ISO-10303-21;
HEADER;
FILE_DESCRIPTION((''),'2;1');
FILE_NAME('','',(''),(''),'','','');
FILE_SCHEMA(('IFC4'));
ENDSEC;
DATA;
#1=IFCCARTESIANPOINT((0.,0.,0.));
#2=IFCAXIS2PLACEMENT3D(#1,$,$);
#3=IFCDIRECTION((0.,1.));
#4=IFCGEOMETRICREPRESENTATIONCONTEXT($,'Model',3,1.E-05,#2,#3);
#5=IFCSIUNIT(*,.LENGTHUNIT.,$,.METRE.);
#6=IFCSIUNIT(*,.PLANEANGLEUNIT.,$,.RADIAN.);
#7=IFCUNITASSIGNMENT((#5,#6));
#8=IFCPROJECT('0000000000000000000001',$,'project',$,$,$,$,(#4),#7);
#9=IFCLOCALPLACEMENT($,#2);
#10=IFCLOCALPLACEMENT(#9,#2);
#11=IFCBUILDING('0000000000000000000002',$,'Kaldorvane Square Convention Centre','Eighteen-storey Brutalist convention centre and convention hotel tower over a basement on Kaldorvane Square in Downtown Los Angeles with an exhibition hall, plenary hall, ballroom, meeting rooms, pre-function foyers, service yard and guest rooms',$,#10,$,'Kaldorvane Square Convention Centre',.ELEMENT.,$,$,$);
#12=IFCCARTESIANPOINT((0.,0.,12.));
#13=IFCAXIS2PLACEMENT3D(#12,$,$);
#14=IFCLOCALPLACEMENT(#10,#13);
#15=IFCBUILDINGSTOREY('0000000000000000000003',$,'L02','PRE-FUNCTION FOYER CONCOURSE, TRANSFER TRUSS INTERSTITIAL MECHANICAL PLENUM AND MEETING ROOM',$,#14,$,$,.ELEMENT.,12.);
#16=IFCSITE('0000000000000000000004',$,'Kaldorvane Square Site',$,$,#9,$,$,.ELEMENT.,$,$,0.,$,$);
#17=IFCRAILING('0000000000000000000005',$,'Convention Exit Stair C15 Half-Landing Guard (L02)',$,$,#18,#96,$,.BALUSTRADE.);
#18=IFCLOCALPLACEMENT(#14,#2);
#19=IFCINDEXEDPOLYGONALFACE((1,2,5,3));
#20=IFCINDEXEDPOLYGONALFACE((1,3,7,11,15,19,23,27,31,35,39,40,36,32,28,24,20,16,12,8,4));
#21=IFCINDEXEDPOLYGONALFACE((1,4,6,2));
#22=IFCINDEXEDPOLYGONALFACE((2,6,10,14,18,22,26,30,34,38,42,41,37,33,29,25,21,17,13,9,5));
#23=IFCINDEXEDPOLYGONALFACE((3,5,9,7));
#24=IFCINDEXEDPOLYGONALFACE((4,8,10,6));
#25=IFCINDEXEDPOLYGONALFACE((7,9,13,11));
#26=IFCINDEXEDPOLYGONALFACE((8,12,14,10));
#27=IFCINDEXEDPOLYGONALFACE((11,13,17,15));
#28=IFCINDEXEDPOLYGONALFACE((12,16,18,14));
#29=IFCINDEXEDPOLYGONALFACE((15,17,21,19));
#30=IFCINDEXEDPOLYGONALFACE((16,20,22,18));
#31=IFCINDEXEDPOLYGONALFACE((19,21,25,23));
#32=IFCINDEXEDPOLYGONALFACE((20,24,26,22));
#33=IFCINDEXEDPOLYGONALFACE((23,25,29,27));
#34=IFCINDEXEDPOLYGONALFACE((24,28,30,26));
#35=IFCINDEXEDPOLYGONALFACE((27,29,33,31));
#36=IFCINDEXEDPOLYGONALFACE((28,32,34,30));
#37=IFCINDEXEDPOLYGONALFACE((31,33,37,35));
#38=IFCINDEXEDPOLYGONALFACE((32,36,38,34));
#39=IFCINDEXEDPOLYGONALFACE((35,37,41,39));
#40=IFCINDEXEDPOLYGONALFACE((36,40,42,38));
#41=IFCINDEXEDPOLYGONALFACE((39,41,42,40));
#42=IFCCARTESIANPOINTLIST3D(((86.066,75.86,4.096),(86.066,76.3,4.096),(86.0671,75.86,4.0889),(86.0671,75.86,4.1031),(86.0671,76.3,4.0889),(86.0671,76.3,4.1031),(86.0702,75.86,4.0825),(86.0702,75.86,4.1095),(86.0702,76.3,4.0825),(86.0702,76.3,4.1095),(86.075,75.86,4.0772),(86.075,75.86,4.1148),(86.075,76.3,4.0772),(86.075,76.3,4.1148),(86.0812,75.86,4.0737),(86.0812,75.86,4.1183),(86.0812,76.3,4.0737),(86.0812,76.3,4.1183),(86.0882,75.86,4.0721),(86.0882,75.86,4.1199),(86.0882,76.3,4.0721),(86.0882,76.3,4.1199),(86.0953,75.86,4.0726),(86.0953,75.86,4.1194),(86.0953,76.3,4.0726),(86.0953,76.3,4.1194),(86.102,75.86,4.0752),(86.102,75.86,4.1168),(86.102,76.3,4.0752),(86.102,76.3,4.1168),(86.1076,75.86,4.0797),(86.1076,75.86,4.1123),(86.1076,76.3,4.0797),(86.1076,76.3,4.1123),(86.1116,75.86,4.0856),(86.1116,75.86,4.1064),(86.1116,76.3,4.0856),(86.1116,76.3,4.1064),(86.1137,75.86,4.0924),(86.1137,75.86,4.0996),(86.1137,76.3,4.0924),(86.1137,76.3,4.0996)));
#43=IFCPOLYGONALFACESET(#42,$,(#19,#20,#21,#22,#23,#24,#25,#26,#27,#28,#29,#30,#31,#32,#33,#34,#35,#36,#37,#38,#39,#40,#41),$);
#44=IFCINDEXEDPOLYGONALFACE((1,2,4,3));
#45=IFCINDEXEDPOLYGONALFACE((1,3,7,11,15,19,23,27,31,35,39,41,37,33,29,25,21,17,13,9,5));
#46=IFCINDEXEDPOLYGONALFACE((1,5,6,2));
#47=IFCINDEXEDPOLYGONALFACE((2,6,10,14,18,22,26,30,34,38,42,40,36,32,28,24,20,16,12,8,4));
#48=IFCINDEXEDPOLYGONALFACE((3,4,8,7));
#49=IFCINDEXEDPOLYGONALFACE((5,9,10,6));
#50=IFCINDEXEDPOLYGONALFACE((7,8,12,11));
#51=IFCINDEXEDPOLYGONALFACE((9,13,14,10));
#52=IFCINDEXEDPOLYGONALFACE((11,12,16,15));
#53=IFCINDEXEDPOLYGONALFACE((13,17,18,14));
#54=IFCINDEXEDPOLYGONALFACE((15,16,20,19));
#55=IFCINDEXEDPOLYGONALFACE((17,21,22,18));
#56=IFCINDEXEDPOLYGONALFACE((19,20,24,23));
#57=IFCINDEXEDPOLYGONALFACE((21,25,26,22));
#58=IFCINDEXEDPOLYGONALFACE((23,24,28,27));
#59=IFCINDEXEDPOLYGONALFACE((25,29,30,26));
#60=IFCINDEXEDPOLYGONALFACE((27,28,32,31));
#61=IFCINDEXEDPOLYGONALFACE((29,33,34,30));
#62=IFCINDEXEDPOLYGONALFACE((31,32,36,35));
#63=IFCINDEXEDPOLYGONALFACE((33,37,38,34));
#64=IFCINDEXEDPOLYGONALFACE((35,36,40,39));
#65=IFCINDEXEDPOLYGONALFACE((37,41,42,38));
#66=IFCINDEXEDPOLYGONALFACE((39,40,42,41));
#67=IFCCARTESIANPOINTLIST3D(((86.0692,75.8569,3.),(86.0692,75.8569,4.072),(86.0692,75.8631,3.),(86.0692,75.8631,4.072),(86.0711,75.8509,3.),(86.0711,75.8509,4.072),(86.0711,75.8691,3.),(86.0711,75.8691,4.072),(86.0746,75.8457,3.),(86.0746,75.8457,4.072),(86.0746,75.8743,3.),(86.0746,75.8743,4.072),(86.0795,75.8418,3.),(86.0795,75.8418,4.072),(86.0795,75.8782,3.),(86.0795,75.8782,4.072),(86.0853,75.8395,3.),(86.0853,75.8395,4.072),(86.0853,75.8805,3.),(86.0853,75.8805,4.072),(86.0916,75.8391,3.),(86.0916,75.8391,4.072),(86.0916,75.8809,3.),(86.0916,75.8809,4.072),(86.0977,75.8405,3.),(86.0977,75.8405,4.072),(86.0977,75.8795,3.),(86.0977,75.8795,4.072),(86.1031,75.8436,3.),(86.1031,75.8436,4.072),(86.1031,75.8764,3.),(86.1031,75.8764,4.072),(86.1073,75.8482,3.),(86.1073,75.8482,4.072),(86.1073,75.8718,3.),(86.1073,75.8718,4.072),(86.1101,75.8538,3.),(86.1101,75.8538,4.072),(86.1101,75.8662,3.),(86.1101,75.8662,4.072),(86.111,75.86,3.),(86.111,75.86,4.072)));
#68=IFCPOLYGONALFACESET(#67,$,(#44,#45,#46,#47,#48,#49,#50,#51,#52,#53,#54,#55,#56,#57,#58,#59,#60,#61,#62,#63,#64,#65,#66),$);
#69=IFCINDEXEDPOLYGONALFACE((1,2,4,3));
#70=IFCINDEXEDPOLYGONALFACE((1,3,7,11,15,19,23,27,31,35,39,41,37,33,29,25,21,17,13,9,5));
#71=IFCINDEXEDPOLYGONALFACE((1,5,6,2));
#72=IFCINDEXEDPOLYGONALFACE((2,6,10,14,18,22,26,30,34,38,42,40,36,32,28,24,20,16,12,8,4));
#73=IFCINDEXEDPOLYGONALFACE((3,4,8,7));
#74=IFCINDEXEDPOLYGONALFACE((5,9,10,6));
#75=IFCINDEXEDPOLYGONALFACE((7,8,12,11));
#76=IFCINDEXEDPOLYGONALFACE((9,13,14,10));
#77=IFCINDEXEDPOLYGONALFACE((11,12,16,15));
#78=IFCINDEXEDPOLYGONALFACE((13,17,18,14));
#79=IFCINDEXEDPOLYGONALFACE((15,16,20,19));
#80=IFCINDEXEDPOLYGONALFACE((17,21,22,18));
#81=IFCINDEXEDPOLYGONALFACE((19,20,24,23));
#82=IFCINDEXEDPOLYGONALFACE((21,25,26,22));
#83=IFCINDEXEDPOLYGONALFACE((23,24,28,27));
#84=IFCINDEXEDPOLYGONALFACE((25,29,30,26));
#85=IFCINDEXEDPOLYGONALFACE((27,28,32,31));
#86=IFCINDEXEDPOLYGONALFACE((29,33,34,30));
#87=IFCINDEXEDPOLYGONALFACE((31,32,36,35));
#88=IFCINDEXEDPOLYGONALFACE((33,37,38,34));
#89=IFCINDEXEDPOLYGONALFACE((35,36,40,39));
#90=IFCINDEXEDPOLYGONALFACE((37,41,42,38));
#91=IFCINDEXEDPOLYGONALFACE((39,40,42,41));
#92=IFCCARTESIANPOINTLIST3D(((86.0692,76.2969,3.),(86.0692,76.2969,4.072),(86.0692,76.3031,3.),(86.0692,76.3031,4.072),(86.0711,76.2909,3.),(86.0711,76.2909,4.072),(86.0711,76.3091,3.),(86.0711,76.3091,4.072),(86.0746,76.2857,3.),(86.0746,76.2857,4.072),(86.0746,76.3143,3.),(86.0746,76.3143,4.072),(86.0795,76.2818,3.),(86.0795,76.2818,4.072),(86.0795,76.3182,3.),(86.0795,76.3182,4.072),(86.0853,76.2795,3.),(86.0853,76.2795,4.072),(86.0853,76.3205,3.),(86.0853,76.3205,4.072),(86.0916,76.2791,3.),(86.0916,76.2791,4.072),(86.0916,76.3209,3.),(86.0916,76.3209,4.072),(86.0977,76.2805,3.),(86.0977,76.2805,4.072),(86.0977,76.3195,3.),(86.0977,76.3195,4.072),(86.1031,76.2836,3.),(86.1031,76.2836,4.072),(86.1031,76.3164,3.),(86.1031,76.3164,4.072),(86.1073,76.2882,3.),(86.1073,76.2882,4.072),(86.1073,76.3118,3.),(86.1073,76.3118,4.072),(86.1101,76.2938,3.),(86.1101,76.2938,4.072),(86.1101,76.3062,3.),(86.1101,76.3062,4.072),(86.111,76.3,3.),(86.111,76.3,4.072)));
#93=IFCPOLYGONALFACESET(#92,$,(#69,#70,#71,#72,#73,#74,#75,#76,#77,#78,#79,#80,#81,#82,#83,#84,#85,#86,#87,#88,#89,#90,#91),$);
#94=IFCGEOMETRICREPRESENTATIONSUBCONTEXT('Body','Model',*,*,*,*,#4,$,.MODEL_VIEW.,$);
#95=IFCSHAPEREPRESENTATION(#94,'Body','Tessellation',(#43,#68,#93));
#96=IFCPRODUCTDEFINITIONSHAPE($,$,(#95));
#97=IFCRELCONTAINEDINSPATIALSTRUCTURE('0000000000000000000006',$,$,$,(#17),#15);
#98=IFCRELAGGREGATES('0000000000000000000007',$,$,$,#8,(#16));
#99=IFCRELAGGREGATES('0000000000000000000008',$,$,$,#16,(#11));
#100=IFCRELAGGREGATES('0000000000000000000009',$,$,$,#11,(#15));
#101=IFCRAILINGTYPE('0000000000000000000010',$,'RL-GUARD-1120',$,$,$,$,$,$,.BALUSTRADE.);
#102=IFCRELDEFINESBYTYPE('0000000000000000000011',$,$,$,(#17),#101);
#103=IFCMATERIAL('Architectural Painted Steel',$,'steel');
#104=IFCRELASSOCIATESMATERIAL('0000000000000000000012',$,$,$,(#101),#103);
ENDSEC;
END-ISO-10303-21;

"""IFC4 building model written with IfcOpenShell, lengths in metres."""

from ifc_helpers import new_model, si_unit, direction, frame, origin, origin_2d, place, context, subcontext, project, spatial, circle, extrude, material, type_object, element, save


model = new_model("IFC4")

# Units and contexts
model_context = context("Model", 3, precision=1e-05, world=origin(), true_north=direction((0.0, 1.0)))
body_context = subcontext(model_context, "Body", "Model", "MODEL_VIEW")
ifc_project = project(units=[si_unit("LENGTHUNIT", "METRE"), si_unit("PLANEANGLEUNIT", "RADIAN")], contexts=[model_context])

# Site, building, storey
site_placement = place(None, origin())
site = spatial("IfcSite", under=ifc_project, at=site_placement, Name="Kaldorvane Square Site", CompositionType="ELEMENT", RefElevation=0.0)
building_placement = place(site_placement, origin())
building = spatial("IfcBuilding", under=site, at=building_placement, Name="Kaldorvane Square Convention Centre", Description="Eighteen-storey Brutalist convention centre and convention hotel tower over a basement on Kaldorvane Square in Downtown Los Angeles with an exhibition hall, plenary hall, ballroom, meeting rooms, pre-function foyers, service yard and guest rooms", LongName="Kaldorvane Square Convention Centre", CompositionType="ELEMENT")
storey_placement = place(building_placement, frame((0.0, 0.0, 12.0)))
storey = spatial("IfcBuildingStorey", under=building, at=storey_placement, Name="L02", Description="PRE-FUNCTION FOYER CONCOURSE, TRANSFER TRUSS INTERSTITIAL MECHANICAL PLENUM AND MEETING ROOM", CompositionType="ELEMENT", Elevation=12.0)

# Railing
ifc_material_1 = material(Name="Architectural Painted Steel", Category="steel")
railing_type_1 = type_object("IfcRailingType", Name="RL-GUARD-1120", PredefinedType="BALUSTRADE", material=ifc_material_1)
for number, where, name in (
    (1, (86.09, 75.86, 3.0), "Convention Exit Stair C15 Half-Landing Guard (L02)"),
):
    element("IfcRailing", number, at=place(storey_placement, frame(where)), inside=storey, type_object=railing_type_1, Name=name, PredefinedType="BALUSTRADE", context=body_context, shape_type="SweptSolid", body=[
        extrude(circle(Radius=0.024, at=origin_2d()), frame((0.0, 0.0, 1.096), z_axis=(0.0, 1.0, 0.0), x_axis=(-1.0, 0.0, 0.0)), (0.0, 0.0, 1.0), 0.44),
        extrude(circle(Radius=0.021, at=origin_2d()), origin(), (0.0, 0.0, 1.0), 1.072),
        extrude(circle(Radius=0.021, at=origin_2d()), frame((0.0, 0.44, 0.0)), (0.0, 0.0, 1.0), 1.072),
    ])

save(model, "model.ifc")
